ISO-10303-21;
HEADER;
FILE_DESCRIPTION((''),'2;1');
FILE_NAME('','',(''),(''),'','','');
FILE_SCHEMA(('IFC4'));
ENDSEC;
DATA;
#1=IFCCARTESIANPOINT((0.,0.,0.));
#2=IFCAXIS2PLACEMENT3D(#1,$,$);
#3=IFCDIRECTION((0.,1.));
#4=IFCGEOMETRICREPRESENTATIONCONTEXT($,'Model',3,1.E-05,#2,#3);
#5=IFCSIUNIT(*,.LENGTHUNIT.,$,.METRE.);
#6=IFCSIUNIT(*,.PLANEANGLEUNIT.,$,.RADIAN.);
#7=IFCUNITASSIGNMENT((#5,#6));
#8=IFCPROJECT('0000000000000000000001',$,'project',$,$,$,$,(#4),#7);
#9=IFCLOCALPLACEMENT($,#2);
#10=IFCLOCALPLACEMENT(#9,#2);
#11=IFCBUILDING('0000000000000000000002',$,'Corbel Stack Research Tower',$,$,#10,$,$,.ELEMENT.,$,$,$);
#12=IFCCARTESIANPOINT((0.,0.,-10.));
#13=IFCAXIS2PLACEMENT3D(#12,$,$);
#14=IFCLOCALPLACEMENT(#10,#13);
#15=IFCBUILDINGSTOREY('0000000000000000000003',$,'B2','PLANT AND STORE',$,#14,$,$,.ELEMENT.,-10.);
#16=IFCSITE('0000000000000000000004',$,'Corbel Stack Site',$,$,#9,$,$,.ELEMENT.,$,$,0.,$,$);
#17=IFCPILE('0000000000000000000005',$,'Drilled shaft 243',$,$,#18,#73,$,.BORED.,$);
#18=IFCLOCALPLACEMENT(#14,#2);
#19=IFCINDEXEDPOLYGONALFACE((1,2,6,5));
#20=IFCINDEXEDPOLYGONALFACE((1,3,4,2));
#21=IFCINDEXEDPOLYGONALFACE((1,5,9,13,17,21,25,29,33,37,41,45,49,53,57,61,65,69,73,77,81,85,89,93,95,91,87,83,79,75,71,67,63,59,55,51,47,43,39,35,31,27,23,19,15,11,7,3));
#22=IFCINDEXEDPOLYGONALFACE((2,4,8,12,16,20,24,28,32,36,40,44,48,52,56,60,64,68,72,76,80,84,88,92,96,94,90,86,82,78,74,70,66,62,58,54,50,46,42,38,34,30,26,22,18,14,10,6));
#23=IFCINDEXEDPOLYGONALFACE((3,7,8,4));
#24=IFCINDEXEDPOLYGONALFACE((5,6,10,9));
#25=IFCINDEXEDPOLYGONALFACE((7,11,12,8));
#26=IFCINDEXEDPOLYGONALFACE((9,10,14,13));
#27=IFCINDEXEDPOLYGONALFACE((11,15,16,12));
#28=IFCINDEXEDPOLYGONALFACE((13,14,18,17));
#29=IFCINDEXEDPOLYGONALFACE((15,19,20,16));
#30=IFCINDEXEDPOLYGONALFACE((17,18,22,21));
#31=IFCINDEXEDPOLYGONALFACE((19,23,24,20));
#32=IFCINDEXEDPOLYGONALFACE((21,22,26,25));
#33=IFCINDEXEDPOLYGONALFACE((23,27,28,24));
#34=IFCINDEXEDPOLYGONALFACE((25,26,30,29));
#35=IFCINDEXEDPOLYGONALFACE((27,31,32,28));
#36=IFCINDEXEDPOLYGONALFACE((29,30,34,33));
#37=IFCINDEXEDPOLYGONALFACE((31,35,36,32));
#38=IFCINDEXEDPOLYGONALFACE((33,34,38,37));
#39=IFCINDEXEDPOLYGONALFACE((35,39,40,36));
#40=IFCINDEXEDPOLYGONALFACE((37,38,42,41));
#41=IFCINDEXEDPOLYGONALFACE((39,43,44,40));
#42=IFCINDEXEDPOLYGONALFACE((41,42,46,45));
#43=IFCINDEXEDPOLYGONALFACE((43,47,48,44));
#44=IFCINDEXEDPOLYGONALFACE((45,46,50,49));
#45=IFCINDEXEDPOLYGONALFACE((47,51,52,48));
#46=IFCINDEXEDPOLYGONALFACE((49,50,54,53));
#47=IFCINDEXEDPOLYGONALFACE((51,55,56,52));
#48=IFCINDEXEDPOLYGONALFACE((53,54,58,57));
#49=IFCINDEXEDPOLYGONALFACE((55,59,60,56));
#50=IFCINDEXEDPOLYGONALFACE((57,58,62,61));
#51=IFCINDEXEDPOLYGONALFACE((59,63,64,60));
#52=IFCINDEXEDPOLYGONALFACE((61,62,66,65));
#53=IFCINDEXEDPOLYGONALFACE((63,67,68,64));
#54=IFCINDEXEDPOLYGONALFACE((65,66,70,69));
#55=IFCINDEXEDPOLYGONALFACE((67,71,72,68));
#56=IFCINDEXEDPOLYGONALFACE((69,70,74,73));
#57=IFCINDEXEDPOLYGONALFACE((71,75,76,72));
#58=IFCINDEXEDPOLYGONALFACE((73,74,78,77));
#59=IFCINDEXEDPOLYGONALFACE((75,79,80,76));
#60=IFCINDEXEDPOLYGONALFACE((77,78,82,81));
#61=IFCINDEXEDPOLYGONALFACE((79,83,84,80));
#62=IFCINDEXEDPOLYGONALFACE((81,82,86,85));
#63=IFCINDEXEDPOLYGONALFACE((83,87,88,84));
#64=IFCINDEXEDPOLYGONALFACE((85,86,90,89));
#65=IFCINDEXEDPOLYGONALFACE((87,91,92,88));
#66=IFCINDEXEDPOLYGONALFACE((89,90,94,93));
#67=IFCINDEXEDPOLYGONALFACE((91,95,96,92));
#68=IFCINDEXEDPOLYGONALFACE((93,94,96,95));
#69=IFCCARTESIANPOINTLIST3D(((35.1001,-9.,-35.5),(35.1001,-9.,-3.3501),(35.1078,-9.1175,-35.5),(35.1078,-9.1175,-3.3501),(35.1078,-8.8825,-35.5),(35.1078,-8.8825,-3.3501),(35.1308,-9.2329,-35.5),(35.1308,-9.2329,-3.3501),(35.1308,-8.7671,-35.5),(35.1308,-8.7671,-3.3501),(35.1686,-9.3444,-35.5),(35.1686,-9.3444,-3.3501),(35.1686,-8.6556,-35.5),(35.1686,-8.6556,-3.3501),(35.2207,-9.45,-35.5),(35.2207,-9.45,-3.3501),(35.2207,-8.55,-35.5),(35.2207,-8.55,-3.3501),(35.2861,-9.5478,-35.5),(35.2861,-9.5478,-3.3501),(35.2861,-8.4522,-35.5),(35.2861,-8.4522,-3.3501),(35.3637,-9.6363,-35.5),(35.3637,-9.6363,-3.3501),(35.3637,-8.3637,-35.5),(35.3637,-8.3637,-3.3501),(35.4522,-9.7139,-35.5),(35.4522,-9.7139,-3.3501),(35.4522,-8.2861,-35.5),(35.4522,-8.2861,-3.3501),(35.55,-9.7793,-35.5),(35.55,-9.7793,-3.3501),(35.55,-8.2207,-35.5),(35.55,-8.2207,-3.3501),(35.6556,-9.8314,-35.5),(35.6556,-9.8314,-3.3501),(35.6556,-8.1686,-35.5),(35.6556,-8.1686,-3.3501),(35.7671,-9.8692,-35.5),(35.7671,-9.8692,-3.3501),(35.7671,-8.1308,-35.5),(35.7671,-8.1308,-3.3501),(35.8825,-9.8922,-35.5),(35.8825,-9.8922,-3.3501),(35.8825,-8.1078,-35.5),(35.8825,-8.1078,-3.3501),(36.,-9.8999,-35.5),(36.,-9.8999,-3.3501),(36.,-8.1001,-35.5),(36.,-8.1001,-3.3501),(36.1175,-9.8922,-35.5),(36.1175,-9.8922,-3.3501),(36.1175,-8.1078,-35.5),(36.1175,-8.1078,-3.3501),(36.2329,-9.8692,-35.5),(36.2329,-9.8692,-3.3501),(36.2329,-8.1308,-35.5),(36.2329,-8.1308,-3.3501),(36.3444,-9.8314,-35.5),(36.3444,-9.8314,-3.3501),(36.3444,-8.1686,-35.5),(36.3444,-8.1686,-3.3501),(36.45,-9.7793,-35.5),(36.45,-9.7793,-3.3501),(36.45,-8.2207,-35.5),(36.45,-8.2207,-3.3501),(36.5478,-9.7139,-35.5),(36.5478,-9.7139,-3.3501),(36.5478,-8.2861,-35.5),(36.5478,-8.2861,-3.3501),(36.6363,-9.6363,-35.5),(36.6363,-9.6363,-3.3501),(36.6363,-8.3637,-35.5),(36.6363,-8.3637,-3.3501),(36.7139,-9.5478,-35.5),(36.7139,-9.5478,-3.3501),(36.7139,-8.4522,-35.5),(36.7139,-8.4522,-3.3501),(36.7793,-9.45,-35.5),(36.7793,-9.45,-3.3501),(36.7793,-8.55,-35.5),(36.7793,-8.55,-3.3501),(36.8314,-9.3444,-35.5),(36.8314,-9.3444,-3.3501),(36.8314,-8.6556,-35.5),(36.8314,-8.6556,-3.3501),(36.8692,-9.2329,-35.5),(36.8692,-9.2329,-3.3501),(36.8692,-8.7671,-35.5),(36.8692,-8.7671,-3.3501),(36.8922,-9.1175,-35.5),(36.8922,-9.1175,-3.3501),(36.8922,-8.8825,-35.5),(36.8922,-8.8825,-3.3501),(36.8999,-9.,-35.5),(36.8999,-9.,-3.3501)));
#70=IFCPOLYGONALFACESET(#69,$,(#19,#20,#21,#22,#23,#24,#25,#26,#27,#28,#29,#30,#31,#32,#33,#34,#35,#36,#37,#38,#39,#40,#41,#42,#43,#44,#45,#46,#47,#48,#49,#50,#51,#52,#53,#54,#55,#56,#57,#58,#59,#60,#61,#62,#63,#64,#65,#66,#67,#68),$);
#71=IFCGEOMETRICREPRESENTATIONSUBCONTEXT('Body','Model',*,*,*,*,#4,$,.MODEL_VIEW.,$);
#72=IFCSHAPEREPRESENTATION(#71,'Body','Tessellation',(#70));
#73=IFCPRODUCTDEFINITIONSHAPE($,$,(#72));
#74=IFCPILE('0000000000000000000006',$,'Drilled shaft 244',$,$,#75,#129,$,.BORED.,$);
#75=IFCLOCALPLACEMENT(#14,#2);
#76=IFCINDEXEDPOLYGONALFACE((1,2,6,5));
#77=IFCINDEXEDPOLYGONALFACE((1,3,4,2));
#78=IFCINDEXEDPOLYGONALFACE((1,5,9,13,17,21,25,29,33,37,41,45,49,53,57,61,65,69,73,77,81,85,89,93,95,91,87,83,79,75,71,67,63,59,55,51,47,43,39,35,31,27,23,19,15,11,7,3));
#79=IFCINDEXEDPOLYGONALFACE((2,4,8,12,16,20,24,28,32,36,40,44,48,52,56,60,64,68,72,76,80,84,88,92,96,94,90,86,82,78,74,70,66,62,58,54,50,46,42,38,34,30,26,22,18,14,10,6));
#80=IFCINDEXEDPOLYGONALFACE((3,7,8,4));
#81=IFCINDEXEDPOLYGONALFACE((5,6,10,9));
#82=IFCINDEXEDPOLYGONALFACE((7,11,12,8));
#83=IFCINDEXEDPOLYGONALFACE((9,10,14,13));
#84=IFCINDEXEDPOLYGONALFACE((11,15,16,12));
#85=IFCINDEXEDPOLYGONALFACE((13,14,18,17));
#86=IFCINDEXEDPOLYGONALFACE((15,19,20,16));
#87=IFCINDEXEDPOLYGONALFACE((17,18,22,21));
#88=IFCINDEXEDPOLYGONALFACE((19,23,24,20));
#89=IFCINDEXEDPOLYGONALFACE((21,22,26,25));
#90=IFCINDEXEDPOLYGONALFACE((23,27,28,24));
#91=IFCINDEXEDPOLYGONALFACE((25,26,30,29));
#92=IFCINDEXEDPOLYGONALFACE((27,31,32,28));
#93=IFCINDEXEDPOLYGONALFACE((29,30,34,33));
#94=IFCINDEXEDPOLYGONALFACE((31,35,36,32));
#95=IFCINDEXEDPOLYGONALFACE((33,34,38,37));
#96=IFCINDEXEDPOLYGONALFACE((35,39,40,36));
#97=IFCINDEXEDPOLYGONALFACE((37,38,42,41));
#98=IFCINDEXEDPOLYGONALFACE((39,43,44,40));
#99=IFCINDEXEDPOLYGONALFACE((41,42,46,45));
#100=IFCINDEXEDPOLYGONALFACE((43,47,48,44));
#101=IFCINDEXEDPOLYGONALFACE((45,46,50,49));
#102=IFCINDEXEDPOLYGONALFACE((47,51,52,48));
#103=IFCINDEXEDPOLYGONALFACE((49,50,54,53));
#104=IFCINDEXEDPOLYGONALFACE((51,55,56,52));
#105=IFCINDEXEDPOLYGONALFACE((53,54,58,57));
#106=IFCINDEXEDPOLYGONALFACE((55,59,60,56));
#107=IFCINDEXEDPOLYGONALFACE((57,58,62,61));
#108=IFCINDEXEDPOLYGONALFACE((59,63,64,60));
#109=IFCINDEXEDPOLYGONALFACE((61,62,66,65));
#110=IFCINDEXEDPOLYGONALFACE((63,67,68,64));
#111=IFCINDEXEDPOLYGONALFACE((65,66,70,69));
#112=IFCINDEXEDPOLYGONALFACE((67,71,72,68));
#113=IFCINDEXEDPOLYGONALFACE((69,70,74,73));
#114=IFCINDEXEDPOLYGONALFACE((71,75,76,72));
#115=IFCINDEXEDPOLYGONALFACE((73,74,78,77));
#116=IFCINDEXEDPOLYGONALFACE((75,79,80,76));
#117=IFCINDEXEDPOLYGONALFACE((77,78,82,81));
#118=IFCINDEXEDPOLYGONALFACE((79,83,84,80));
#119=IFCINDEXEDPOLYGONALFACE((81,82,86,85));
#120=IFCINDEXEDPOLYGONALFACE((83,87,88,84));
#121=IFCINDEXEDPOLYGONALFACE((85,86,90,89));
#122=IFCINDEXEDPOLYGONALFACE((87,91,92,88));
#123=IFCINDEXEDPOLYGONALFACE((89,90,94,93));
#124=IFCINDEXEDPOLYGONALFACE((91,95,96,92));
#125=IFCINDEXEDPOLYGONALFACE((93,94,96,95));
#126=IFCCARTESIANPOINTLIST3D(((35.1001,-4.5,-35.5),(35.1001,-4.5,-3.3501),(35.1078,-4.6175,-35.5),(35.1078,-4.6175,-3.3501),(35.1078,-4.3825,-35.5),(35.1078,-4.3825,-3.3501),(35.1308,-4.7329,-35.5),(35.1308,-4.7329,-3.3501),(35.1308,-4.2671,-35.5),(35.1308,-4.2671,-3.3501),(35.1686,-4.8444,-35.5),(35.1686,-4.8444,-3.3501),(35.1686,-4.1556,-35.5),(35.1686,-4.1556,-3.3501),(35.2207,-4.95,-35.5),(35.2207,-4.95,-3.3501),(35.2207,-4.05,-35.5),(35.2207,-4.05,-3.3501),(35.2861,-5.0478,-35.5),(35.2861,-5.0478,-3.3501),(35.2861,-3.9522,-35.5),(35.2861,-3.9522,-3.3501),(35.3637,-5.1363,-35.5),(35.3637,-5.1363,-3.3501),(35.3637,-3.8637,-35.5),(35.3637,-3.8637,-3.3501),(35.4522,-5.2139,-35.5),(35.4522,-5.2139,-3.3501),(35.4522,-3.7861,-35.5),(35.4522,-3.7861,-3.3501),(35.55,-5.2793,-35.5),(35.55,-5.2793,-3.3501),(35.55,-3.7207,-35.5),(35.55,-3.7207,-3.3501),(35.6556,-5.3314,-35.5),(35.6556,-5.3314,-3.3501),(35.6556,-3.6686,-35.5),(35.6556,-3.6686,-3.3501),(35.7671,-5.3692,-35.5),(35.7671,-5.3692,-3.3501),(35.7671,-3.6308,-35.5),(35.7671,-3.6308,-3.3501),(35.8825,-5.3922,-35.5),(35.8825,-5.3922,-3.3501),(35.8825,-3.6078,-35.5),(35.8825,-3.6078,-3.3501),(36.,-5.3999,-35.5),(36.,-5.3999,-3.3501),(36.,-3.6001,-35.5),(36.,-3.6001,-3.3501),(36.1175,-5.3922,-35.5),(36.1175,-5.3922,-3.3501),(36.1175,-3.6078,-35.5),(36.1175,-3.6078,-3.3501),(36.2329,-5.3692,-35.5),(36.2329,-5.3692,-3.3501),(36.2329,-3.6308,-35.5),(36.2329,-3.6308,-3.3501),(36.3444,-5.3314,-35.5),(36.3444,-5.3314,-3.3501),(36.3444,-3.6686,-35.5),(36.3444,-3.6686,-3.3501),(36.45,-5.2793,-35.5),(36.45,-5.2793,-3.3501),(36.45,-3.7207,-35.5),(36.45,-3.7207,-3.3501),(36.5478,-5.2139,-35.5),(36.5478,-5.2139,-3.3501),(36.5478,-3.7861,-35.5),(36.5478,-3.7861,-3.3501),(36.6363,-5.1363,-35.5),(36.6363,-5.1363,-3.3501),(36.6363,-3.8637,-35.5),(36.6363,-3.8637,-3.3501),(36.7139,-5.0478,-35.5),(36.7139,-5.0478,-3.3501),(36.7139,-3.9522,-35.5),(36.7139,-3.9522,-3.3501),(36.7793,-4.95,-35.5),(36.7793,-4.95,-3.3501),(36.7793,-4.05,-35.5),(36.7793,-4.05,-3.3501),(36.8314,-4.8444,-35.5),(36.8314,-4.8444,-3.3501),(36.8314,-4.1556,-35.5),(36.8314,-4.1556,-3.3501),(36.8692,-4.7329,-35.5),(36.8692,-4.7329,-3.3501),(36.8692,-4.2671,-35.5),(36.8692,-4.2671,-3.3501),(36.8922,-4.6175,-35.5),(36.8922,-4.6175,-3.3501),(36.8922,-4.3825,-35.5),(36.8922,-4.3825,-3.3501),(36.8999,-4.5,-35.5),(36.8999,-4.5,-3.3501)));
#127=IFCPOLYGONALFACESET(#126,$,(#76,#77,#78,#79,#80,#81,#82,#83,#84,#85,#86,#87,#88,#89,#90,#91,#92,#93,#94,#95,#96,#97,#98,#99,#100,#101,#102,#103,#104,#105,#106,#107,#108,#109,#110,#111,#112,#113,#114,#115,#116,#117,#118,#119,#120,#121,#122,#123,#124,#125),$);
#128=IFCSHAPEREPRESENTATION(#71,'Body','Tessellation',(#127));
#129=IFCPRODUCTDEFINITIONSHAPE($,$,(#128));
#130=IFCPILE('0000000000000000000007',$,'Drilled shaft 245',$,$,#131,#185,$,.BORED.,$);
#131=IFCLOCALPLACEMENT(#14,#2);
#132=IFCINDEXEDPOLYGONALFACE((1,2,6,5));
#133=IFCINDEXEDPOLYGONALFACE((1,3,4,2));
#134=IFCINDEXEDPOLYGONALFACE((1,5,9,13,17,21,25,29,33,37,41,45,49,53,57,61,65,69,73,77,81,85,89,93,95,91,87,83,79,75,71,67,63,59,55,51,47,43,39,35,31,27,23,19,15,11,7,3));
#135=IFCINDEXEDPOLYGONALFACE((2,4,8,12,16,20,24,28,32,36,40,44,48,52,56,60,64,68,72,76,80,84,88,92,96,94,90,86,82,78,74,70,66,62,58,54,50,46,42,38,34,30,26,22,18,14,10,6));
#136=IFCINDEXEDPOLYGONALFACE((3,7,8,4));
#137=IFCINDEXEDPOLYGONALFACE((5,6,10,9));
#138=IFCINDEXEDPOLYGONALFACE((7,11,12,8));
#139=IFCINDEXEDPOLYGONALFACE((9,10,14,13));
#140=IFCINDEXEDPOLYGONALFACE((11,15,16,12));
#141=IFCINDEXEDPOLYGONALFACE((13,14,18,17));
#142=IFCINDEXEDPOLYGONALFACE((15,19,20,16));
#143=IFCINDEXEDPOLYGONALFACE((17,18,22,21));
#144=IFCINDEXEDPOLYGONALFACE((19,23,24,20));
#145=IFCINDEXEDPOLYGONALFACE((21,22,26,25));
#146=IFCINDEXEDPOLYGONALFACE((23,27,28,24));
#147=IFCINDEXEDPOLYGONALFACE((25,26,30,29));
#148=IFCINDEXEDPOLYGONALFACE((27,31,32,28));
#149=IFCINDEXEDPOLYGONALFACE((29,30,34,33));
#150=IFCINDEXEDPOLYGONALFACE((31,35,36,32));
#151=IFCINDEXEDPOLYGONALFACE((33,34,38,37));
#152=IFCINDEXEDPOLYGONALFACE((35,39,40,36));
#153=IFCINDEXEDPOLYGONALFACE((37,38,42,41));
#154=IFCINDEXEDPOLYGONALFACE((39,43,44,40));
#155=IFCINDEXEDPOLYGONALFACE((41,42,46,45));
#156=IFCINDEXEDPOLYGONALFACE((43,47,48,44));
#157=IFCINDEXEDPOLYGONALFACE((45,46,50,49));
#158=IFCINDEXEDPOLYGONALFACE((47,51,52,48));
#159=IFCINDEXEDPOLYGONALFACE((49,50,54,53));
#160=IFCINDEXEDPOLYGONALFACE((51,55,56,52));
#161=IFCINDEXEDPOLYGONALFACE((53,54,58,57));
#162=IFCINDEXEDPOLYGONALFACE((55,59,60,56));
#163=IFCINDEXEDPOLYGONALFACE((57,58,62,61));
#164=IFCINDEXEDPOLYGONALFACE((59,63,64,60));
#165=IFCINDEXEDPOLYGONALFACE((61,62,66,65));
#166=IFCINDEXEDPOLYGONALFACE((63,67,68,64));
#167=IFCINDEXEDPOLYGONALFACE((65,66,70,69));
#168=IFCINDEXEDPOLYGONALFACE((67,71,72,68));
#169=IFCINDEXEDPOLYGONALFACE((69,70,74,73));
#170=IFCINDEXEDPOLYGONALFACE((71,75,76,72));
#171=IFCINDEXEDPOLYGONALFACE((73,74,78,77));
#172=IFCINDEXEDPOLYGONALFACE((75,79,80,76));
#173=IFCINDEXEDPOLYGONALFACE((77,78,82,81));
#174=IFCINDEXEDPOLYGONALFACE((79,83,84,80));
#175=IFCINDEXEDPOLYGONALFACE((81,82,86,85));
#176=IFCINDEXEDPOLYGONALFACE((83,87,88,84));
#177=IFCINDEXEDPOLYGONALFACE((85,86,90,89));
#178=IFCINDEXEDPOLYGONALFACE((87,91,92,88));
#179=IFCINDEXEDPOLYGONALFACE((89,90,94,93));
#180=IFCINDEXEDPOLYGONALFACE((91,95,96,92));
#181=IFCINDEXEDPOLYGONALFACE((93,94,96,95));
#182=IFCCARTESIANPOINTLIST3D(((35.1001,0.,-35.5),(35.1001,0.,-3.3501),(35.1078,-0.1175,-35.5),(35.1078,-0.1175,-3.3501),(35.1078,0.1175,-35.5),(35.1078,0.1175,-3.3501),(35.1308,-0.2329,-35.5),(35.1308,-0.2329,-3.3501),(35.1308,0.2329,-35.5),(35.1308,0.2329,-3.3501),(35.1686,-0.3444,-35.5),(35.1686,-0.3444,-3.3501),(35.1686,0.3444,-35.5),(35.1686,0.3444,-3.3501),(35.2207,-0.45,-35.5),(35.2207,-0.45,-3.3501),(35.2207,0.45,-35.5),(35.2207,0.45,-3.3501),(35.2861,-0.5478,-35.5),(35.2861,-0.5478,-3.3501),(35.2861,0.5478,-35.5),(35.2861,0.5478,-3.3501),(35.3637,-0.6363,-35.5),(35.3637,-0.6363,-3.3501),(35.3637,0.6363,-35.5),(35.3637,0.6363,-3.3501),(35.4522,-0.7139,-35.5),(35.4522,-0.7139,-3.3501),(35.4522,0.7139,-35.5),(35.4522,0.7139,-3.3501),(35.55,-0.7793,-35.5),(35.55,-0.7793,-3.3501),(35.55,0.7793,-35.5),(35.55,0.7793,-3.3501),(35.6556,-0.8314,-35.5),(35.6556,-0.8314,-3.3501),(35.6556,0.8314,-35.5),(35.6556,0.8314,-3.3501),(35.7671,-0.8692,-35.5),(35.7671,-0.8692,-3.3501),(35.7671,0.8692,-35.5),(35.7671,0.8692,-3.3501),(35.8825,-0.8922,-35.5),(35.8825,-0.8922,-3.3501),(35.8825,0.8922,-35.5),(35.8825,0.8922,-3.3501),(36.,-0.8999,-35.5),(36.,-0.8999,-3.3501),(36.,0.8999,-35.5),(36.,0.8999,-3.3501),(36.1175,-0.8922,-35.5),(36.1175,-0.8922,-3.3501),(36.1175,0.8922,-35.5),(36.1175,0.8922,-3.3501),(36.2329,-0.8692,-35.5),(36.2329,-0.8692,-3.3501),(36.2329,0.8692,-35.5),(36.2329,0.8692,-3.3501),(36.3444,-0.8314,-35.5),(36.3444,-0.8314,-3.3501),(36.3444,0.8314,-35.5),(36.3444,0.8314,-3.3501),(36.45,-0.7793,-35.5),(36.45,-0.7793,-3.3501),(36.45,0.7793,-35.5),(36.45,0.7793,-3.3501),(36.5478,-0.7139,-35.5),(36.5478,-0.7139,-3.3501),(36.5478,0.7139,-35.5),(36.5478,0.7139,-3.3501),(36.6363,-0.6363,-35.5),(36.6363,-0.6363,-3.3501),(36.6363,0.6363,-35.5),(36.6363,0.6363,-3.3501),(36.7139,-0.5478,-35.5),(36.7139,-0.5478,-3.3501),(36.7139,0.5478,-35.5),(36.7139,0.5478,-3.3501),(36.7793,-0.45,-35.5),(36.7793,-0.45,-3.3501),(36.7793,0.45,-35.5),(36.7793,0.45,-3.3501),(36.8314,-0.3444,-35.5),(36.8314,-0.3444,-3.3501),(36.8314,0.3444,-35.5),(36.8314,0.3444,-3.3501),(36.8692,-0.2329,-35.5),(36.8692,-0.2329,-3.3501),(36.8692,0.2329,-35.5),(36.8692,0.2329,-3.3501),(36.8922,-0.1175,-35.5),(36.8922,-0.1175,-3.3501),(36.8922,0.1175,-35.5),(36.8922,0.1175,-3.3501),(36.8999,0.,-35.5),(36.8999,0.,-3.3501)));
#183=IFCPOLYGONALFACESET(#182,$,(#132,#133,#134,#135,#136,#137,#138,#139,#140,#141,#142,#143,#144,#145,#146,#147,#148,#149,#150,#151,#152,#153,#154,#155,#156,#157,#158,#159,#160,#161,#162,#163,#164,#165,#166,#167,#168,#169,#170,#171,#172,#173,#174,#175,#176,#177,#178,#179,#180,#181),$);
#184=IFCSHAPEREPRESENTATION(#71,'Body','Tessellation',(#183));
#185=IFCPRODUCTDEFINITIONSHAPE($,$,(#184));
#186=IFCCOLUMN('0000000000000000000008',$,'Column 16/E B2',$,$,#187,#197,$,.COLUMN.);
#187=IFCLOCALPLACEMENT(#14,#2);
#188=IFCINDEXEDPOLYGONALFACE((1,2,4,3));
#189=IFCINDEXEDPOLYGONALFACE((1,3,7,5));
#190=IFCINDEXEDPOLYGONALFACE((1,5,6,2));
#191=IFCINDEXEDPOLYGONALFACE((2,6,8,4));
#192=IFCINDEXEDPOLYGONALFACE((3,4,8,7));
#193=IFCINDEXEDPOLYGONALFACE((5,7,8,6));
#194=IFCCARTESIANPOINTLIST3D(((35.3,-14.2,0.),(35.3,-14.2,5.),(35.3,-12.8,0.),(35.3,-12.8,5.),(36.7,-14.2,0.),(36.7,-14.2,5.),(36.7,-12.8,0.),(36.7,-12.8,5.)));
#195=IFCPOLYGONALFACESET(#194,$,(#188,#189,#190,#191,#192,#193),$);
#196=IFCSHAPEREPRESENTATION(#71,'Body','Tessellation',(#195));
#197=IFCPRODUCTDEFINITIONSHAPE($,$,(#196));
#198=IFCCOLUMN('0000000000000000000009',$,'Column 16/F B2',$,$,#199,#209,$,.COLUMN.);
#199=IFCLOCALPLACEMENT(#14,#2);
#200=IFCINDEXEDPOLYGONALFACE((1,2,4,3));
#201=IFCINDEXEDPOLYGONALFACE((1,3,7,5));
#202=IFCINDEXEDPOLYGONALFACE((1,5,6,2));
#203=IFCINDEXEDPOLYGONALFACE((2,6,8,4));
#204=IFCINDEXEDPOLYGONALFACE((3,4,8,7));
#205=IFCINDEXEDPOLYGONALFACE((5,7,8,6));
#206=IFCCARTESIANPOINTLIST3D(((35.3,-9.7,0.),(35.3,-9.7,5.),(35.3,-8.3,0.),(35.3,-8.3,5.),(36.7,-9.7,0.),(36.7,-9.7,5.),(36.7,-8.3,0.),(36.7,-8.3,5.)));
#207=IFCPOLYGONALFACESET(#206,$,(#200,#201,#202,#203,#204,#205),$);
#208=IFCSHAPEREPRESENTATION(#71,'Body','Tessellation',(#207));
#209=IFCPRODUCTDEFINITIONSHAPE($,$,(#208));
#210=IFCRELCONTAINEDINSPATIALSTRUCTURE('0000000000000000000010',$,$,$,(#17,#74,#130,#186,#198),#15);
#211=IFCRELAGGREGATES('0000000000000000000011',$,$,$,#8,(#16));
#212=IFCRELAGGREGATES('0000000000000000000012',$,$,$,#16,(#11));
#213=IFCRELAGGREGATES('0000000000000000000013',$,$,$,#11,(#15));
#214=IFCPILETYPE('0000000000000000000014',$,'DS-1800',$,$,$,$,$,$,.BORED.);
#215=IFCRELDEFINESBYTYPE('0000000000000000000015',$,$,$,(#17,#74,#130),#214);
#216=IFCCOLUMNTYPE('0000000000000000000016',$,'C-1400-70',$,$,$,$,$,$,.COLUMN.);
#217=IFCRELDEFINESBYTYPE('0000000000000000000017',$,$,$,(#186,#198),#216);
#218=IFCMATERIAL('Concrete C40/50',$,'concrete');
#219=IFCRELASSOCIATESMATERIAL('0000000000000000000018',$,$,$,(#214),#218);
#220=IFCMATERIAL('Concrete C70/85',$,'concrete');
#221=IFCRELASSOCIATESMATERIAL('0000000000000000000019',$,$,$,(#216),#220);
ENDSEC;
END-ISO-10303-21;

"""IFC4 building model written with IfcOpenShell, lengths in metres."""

from ifc_helpers import new_model, si_unit, direction, frame, origin, origin_2d, place, context, subcontext, project, spatial, rectangle, circle, extrude, material, material_profile, profile_set, type_object, element, save


model = new_model("IFC4")

# Units and contexts
model_context = context("Model", 3, precision=1e-05, world=origin(), true_north=direction((0.0, 1.0)))
body_context = subcontext(model_context, "Body", "Model", "MODEL_VIEW")
ifc_project = project(units=[si_unit("LENGTHUNIT", "METRE"), si_unit("PLANEANGLEUNIT", "RADIAN")], contexts=[model_context])

# Site, building, storey
site_placement = place(None, origin())
site = spatial("IfcSite", under=ifc_project, at=site_placement, Name="Corbel Stack Site", CompositionType="ELEMENT", RefElevation=0.0)
building_placement = place(site_placement, origin())
building = spatial("IfcBuilding", under=site, at=building_placement, Name="Corbel Stack Research Tower", CompositionType="ELEMENT")
storey_placement = place(building_placement, frame((0.0, 0.0, -10.0)))
storey = spatial("IfcBuildingStorey", under=building, at=storey_placement, Name="B2", Description="PLANT AND STORE", CompositionType="ELEMENT", Elevation=-10.0)

# Piles
ifc_material_1 = material(Name="Concrete C40/50", Category="concrete")
ifc_material_profile_1 = material_profile(ifc_material_1, circle(Radius=0.8999, at=origin_2d()), Name="Shaft 1800")
ifc_profile_set_1 = profile_set([ifc_material_profile_1], Name="Concrete C40/50")
pile_type = type_object("IfcPileType", Name="DS-1800", PredefinedType="BORED", material=ifc_profile_set_1)
for number, where, z_axis, x_axis, name in (
    (1, (36.0, -9.0, -3.3501), (0.0, 0.0, -1.0), (1.0, 0.0, 0.0), "Drilled shaft 243"),
    (2, (36.0, -4.5, -3.3501), (0.0, 0.0, -1.0), (1.0, 0.0, 0.0), "Drilled shaft 244"),
    (3, (36.0, 0.0, -3.3501), (0.0, 0.0, -1.0), (1.0, 0.0, 0.0), "Drilled shaft 245"),
):
    element("IfcPile", number, at=place(storey_placement, frame(where, z_axis=z_axis, x_axis=x_axis)), inside=storey, type_object=pile_type, Name=name, PredefinedType="BORED", context=body_context, shape_type="SweptSolid", body=[
        extrude(circle(Radius=0.8999, at=origin_2d()), origin(), (0.0, 0.0, 1.0), 32.1499),
    ])

# Columns
ifc_material_2 = material(Name="Concrete C70/85", Category="concrete")
ifc_material_profile_2 = material_profile(ifc_material_2, rectangle(XDim=1.3999, YDim=1.3999, at=origin_2d()), Name="RC 1400 x 1400")
ifc_profile_set_2 = profile_set([ifc_material_profile_2], Name="Concrete C70/85")
column_type_1 = type_object("IfcColumnType", Name="C-1400-70", PredefinedType="COLUMN", material=ifc_profile_set_2)
for number, where, z_axis, x_axis, name in (
    (4, (36.0, -13.5, 0.0), (0.0, 0.0, 1.0), (1.0, 0.0, 0.0), "Column 16/E B2"),
    (5, (36.0, -9.0, 0.0), (0.0, 0.0, 1.0), (1.0, 0.0, 0.0), "Column 16/F B2"),
):
    element("IfcColumn", number, at=place(storey_placement, frame(where, z_axis=z_axis, x_axis=x_axis)), inside=storey, type_object=column_type_1, Name=name, PredefinedType="COLUMN", context=body_context, shape_type="SweptSolid", body=[
        extrude(rectangle(XDim=1.3999, YDim=1.3999, at=origin_2d()), origin(), (0.0, 0.0, 1.0), 5.0),
    ])

save(model, "model.ifc")
